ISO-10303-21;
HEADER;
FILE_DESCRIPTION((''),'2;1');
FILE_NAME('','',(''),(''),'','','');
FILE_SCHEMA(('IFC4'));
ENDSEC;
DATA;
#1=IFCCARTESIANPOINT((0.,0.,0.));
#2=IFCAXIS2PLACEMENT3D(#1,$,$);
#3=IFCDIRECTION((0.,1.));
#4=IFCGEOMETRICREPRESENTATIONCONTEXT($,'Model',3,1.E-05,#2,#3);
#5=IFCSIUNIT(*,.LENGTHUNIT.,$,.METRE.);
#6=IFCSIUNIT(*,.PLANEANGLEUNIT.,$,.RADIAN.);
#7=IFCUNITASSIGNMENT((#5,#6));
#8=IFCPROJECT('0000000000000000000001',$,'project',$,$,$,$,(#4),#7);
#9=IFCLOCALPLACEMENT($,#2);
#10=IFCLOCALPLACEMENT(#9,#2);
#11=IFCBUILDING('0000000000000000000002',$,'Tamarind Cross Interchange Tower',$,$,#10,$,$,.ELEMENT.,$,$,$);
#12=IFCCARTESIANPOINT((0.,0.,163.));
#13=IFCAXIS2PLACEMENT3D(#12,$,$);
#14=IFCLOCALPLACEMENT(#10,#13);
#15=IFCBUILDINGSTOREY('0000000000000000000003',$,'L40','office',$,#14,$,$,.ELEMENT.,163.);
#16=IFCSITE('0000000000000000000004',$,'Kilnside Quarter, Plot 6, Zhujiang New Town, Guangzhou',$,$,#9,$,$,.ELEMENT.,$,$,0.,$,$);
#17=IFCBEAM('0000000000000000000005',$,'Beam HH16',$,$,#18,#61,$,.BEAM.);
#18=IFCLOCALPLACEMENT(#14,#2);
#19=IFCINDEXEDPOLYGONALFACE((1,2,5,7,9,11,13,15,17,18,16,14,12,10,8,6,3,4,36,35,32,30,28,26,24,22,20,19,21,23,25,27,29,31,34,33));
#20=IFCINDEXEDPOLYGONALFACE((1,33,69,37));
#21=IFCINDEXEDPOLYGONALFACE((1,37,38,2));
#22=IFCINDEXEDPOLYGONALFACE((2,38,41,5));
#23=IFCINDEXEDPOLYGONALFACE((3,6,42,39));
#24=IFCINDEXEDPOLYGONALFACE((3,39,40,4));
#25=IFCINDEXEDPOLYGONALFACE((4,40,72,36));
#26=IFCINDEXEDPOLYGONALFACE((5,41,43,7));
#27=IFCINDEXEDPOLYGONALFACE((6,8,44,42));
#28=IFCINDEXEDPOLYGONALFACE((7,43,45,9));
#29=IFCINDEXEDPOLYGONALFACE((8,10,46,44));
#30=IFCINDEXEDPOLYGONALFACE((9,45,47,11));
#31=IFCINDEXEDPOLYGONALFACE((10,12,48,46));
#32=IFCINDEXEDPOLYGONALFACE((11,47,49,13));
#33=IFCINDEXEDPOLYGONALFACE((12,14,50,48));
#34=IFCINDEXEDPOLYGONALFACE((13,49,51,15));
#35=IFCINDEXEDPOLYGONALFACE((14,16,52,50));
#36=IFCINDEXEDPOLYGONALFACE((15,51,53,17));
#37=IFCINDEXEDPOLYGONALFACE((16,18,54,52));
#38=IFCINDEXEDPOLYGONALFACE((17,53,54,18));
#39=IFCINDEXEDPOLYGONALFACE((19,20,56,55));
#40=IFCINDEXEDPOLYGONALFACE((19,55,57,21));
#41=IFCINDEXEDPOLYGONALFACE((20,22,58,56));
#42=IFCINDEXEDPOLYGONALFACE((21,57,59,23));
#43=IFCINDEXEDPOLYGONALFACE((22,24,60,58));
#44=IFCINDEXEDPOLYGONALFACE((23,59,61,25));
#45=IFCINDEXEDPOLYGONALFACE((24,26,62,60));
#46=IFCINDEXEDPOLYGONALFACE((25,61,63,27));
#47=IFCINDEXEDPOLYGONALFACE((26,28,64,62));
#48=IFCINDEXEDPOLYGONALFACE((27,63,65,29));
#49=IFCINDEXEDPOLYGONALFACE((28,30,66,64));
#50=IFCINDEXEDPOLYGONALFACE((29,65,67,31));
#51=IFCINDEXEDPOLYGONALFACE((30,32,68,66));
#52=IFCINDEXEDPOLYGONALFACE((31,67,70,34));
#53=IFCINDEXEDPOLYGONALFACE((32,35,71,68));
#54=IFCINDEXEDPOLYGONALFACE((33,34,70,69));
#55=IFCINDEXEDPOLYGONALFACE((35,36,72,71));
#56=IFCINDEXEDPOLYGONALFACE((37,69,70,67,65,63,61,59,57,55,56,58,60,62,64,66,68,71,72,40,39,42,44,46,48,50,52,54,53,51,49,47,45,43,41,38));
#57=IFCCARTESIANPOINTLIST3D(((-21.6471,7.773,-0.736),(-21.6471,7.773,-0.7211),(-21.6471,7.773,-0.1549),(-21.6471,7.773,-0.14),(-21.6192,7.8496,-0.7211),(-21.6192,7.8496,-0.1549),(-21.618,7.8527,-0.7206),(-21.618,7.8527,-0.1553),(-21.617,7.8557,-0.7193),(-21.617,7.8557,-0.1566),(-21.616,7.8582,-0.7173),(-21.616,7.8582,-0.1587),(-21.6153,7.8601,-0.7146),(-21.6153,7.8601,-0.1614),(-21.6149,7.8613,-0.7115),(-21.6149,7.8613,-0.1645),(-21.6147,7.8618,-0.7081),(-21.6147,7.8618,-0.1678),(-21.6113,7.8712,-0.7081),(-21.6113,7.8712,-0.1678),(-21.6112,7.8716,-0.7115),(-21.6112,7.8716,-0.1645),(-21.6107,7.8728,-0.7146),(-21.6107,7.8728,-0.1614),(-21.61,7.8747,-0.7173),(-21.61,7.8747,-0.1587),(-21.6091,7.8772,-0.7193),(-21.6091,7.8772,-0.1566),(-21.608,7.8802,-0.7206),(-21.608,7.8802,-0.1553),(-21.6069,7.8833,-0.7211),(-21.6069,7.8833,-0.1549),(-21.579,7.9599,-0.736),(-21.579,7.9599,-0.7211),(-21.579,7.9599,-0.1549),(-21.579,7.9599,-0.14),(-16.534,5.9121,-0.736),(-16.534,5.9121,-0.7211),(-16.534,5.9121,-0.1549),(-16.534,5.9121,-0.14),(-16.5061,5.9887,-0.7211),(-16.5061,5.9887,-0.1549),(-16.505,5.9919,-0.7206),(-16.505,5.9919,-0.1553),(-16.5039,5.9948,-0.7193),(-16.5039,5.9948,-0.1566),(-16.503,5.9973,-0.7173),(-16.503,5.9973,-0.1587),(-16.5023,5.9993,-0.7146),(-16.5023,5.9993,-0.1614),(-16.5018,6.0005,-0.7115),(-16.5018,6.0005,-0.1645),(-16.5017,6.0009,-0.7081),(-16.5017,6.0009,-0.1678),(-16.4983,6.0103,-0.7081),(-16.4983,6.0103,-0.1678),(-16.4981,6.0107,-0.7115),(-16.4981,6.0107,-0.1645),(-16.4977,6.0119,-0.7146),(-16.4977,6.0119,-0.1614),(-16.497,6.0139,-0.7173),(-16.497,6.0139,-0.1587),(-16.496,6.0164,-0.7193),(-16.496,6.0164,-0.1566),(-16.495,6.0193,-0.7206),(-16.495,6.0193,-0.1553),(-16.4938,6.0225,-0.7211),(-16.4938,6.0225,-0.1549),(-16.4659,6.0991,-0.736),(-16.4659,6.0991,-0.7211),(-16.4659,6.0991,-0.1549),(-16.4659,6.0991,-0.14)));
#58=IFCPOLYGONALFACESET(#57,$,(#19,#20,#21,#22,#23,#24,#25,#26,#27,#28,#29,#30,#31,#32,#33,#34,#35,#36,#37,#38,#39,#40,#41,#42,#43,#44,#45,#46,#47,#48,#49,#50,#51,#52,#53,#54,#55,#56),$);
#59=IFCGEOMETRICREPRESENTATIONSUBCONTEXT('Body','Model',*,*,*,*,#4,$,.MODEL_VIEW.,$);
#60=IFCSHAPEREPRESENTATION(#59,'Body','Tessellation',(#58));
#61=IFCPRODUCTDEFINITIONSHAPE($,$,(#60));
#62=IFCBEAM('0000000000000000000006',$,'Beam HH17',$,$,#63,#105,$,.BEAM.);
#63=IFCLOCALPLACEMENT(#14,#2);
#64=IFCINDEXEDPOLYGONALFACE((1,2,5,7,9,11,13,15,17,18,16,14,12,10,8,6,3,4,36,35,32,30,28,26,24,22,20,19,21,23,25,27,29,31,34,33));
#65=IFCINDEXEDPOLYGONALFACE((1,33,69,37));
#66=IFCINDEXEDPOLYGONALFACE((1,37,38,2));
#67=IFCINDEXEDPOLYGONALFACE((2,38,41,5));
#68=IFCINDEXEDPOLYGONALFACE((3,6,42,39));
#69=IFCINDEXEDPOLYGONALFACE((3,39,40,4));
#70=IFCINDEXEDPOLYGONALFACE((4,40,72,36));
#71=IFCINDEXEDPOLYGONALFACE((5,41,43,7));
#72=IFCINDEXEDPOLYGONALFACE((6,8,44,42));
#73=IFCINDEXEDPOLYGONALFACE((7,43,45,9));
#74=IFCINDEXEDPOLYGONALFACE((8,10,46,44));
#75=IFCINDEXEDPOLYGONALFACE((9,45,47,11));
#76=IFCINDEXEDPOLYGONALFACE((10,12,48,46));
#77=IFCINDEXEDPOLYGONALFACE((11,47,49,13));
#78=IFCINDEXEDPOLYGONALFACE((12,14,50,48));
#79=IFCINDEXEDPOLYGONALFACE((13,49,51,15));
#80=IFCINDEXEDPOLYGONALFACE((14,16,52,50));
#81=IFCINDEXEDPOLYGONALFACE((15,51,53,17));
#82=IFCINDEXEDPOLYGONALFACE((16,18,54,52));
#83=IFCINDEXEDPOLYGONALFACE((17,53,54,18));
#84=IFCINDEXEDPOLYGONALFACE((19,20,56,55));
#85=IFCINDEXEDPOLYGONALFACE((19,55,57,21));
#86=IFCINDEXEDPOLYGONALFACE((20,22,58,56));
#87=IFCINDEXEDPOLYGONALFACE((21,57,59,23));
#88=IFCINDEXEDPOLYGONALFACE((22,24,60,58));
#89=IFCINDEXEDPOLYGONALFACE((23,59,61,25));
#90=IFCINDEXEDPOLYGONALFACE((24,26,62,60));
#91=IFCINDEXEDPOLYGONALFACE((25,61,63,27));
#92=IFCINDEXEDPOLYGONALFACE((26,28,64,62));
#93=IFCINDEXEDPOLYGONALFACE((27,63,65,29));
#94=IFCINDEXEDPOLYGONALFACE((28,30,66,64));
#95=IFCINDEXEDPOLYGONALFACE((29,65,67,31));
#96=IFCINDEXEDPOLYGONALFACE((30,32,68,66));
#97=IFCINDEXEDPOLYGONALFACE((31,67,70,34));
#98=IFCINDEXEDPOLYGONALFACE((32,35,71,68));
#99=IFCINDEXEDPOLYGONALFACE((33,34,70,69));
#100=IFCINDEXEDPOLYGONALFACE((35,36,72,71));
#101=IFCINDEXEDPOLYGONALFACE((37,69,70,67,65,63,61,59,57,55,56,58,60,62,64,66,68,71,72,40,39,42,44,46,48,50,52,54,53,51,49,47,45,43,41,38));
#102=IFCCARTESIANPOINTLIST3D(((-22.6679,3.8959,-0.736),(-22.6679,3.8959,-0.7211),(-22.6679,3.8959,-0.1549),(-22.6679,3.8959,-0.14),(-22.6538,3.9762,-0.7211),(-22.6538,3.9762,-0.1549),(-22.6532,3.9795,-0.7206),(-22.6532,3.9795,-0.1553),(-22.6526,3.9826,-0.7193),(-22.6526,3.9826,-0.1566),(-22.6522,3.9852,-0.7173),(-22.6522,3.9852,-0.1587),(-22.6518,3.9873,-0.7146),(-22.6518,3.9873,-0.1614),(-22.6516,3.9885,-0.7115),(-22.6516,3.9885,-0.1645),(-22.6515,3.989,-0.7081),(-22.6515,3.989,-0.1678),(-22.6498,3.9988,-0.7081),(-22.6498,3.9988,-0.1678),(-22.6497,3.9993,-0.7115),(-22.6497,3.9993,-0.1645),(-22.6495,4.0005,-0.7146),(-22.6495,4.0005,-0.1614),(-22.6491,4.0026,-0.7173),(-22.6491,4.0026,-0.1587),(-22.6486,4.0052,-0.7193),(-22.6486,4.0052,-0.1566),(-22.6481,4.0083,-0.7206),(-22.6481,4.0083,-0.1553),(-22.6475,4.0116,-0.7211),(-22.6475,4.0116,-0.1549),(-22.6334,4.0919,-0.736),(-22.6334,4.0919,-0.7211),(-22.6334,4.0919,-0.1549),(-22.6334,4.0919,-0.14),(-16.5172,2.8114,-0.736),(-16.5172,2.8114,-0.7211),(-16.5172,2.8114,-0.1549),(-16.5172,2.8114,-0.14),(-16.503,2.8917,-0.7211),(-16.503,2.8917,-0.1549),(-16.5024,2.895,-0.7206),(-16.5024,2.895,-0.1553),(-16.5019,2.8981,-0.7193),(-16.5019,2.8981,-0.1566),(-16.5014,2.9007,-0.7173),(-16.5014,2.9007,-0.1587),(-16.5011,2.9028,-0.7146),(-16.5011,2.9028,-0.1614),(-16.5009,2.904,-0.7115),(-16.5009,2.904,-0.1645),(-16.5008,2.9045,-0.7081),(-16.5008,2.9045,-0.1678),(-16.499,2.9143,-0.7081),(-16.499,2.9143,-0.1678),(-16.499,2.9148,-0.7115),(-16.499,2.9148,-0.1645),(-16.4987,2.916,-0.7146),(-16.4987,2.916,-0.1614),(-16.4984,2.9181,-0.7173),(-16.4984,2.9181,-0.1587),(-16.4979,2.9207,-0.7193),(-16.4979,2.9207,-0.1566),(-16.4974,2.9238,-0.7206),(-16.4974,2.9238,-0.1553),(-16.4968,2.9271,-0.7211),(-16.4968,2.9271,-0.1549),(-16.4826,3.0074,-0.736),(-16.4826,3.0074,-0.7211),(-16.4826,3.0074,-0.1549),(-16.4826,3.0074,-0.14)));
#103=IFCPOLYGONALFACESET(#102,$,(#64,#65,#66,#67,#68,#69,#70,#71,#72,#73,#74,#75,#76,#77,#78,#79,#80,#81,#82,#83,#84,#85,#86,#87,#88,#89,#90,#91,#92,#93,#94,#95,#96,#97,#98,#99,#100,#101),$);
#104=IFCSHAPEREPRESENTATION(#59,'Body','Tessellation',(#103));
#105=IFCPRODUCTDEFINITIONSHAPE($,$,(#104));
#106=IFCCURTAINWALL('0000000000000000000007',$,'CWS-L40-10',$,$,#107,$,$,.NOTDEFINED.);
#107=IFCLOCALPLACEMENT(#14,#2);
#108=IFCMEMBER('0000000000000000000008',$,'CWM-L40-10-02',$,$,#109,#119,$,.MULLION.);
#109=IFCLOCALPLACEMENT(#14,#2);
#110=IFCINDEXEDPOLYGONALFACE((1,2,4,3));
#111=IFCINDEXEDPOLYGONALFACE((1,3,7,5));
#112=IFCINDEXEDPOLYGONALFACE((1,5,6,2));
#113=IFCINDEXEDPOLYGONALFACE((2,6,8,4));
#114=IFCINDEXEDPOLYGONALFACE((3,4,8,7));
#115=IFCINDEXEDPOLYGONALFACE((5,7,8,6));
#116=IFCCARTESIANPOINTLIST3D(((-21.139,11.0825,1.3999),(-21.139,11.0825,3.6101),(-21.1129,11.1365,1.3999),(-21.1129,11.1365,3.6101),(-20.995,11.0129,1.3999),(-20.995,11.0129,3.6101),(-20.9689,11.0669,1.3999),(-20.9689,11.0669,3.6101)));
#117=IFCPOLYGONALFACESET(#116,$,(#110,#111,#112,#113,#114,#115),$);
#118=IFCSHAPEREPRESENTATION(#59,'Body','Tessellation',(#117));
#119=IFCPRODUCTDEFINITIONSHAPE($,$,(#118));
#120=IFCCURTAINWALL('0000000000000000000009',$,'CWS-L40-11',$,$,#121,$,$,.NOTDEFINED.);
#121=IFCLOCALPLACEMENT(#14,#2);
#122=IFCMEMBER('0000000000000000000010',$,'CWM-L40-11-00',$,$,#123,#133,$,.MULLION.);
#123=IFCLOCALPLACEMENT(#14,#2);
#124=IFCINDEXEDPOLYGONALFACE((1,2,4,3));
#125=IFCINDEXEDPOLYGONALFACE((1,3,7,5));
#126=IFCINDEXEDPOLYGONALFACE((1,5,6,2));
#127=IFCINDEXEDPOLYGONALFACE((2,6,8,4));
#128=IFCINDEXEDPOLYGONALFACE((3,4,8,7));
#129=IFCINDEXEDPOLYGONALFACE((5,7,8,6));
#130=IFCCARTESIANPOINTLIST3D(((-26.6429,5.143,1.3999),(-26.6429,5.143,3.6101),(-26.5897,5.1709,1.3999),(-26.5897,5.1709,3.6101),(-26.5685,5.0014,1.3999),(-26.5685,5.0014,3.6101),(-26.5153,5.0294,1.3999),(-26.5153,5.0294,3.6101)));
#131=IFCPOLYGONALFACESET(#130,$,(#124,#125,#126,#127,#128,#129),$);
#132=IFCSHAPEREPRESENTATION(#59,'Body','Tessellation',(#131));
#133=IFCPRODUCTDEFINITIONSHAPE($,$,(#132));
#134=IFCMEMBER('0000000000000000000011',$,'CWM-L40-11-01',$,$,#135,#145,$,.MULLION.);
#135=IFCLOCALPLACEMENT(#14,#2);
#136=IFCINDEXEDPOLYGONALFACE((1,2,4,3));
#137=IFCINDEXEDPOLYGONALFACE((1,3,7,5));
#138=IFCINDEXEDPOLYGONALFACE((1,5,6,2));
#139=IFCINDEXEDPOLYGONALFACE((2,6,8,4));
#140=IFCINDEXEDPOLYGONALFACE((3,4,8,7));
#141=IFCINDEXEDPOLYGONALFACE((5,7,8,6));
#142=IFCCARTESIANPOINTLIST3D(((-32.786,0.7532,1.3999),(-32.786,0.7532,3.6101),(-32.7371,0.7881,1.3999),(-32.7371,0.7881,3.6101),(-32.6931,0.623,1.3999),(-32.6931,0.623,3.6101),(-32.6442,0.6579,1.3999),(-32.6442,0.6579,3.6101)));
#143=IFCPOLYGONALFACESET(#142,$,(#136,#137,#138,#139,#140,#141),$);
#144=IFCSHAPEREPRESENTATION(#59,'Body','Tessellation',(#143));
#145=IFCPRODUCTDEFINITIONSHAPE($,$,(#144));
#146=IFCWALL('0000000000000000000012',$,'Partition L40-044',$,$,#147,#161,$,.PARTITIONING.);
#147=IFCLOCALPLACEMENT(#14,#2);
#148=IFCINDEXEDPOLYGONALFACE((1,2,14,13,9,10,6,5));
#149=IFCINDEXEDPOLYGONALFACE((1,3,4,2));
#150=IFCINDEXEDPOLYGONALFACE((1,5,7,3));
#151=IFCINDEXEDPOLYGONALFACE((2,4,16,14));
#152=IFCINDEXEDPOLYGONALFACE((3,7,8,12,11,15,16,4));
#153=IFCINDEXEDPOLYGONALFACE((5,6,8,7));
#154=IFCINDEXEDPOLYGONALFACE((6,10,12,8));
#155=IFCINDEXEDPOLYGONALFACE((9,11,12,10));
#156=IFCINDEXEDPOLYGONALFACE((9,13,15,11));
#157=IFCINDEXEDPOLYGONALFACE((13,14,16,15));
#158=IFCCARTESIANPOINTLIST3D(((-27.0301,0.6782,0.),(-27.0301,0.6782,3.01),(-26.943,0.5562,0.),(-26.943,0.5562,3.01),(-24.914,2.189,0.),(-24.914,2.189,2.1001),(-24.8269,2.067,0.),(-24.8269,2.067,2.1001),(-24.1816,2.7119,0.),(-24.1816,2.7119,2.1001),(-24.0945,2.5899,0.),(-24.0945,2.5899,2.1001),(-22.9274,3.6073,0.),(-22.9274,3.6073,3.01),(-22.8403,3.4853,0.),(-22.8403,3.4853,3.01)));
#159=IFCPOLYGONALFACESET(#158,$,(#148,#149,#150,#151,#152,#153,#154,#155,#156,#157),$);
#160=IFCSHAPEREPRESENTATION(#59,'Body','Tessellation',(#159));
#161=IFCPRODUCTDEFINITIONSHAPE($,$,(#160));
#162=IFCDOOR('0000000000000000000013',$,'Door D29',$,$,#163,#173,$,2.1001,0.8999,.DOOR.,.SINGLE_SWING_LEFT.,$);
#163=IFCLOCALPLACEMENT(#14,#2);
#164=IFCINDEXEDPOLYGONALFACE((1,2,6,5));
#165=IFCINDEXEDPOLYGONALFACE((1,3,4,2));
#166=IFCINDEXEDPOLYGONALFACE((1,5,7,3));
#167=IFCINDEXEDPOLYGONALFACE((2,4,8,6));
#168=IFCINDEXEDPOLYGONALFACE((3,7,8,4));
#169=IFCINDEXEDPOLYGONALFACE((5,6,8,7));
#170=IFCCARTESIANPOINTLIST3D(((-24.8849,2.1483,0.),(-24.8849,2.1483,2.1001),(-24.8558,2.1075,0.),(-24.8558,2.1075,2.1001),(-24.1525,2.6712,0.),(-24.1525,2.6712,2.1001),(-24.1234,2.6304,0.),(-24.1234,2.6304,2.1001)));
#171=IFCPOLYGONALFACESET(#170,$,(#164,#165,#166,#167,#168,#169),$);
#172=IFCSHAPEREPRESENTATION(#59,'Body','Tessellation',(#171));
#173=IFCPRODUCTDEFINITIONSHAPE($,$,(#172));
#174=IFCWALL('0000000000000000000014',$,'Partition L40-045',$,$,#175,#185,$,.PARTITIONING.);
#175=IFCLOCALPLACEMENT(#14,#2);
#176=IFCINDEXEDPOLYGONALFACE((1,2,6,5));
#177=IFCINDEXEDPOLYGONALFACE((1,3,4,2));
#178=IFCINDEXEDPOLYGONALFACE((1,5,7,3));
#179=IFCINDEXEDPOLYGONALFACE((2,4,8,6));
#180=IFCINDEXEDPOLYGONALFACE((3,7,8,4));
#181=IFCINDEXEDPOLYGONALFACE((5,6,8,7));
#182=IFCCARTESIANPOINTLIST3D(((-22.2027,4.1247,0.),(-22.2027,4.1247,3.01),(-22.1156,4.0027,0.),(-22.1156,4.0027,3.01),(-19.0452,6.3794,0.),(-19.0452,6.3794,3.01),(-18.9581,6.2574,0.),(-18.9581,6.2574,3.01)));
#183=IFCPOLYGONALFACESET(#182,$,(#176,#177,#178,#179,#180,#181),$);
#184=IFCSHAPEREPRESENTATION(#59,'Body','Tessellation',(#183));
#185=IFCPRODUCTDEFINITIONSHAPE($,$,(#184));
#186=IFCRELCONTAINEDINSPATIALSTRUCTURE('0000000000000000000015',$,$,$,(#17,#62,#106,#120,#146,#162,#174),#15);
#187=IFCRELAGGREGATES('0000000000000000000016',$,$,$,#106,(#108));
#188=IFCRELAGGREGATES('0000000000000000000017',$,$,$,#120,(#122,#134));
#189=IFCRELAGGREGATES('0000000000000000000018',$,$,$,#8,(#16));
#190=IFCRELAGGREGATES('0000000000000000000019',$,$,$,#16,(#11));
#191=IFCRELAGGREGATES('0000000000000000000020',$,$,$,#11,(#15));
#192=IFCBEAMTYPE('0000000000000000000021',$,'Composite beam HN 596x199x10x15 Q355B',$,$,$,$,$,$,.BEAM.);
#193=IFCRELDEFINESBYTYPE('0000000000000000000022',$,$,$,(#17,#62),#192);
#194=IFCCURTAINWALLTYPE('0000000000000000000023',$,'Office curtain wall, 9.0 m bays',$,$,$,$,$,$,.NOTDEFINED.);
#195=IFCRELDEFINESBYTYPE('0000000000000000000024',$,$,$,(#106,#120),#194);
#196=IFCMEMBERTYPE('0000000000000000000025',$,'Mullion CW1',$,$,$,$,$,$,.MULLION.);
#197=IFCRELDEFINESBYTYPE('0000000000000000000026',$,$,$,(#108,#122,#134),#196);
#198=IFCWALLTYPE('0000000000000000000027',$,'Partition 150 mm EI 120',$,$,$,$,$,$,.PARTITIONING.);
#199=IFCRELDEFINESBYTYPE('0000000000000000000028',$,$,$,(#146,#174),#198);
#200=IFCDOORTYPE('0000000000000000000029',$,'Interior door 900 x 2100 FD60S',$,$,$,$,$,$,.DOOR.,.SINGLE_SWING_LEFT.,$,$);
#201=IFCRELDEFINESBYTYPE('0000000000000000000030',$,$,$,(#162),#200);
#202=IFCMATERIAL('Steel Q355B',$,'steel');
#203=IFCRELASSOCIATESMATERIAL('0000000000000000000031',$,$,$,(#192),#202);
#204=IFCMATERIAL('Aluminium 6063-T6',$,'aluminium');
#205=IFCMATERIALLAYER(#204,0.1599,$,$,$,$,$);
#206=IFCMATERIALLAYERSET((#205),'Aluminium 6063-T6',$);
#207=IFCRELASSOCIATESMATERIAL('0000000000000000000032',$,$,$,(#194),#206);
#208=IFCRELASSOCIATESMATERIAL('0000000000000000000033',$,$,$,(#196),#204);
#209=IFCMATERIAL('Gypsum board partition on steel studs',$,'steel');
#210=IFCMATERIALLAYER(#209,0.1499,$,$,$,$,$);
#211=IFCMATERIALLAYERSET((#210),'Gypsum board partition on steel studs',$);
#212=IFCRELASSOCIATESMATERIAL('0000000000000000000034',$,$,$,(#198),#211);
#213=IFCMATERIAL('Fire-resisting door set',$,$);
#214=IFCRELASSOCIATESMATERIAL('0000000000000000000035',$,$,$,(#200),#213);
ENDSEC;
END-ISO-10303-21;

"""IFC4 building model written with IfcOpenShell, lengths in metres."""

from ifc_helpers import new_model, si_unit, direction, frame, frame_2d, origin, origin_2d, place, context, subcontext, project, spatial, rectangle, i_section, extrude, material, layer, layer_set, material_profile, profile_set, type_object, element, fill, aggregate, save


model = new_model("IFC4")

# Units and contexts
model_context = context("Model", 3, precision=1e-05, world=origin(), true_north=direction((0.0, 1.0)))
body_context = subcontext(model_context, "Body", "Model", "MODEL_VIEW")
ifc_project = project(units=[si_unit("LENGTHUNIT", "METRE"), si_unit("PLANEANGLEUNIT", "RADIAN")], contexts=[model_context])

# Site, building, storey
site_placement = place(None, origin())
site = spatial("IfcSite", under=ifc_project, at=site_placement, Name="Kilnside Quarter, Plot 6, Zhujiang New Town, Guangzhou", CompositionType="ELEMENT", RefElevation=0.0)
building_placement = place(site_placement, origin())
building = spatial("IfcBuilding", under=site, at=building_placement, Name="Tamarind Cross Interchange Tower", CompositionType="ELEMENT")
storey_placement = place(building_placement, frame((0.0, 0.0, 163.0)))
storey = spatial("IfcBuildingStorey", under=building, at=storey_placement, Name="L40", Description="office", CompositionType="ELEMENT", Elevation=163.0)

# Beams
ifc_material_1 = material(Name="Steel Q355B", Category="steel")
ifc_material_profile_1 = material_profile(ifc_material_1, i_section(OverallWidth=0.199, OverallDepth=0.5959, WebThickness=0.01, FlangeThickness=0.0149, FilletRadius=0.0129, at=origin_2d()), Name="HN 596x199x10x15")
ifc_profile_set_1 = profile_set([ifc_material_profile_1], Name="Steel Q355B")
beam_type = type_object("IfcBeamType", Name="Composite beam HN 596x199x10x15 Q355B", PredefinedType="BEAM", material=ifc_profile_set_1)
beam_1_placement = place(storey_placement, frame((-21.613, 7.8665, -0.438), z_axis=(0.939702, -0.341995, 0.0), x_axis=(0.341995, 0.939702, 0.0)))
element("IfcBeam", 1, at=beam_1_placement, inside=storey, type_object=beam_type, Name="Beam HH16", PredefinedType="BEAM", context=body_context, shape_type="SweptSolid", body=[
    extrude(i_section(OverallWidth=0.199, OverallDepth=0.5959, WebThickness=0.01, FlangeThickness=0.0149, FilletRadius=0.0129, at=origin_2d()), origin(), (0.0, 0.0, 1.0), 5.4412),
])
beam_2_placement = place(storey_placement, frame((-22.6506, 3.9939, -0.438), z_axis=(0.984809, -0.17364, 0.0), x_axis=(0.17364, 0.984809, 0.0)))
element("IfcBeam", 2, at=beam_2_placement, inside=storey, type_object=beam_type, Name="Beam HH17", PredefinedType="BEAM", context=body_context, shape_type="SweptSolid", body=[
    extrude(i_section(OverallWidth=0.199, OverallDepth=0.5959, WebThickness=0.01, FlangeThickness=0.0149, FilletRadius=0.0129, at=origin_2d()), origin(), (0.0, 0.0, 1.0), 6.2456),
])

# Curtain wall, member
ifc_material_2 = material(Name="Aluminium 6063-T6", Category="aluminium")
ifc_layer_1 = layer(ifc_material_2, 0.1599)
ifc_layer_set_1 = layer_set([ifc_layer_1], Name="Aluminium 6063-T6")
curtain_wall_type = type_object("IfcCurtainWallType", Name="Office curtain wall, 9.0 m bays", PredefinedType="NOTDEFINED", material=ifc_layer_set_1)
curtain_wall_1_placement = place(storey_placement, origin())
curtain_wall_1 = element("IfcCurtainWall", 3, at=curtain_wall_1_placement, inside=storey, type_object=curtain_wall_type, Name="CWS-L40-10", PredefinedType="NOTDEFINED")
ifc_material_profile_2 = material_profile(ifc_material_2, rectangle(XDim=0.0601, YDim=0.1599, at=origin_2d()), Name="Mullion CW1")
ifc_profile_set_2 = profile_set([ifc_material_profile_2], Name="Aluminium 6063-T6")
member_type = type_object("IfcMemberType", Name="Mullion CW1", PredefinedType="MULLION", material=ifc_profile_set_2)
member_1_placement = place(storey_placement, frame((-21.054, 11.0747, 1.3999), z_axis=(0.0, 0.0, 1.0), x_axis=(-0.435326, -0.900273, 0.0)))
member_1 = element("IfcMember", 4, at=member_1_placement, type_object=member_type, Name="CWM-L40-10-02", PredefinedType="MULLION", context=body_context, shape_type="SweptSolid", body=[
    extrude(rectangle(XDim=0.0601, YDim=0.1599, at=origin_2d()), origin(), (0.0, 0.0, 1.0), 2.2102),
])
aggregate(curtain_wall_1, [member_1])

# Curtain wall, members
curtain_wall_2_placement = place(storey_placement, origin())
curtain_wall_2 = element("IfcCurtainWall", 5, at=curtain_wall_2_placement, inside=storey, type_object=curtain_wall_type, Name="CWS-L40-11", PredefinedType="NOTDEFINED")
member_2_placement = place(storey_placement, frame((-26.5791, 5.0862, 1.3999), z_axis=(0.0, 0.0, 1.0), x_axis=(-0.885172, -0.465264, 0.0)))
member_2 = element("IfcMember", 6, at=member_2_placement, type_object=member_type, Name="CWM-L40-11-00", PredefinedType="MULLION", context=body_context, shape_type="SweptSolid", body=[
    extrude(rectangle(XDim=0.0601, YDim=0.1599, at=origin_2d()), origin(), (0.0, 0.0, 1.0), 2.2102),
])
member_3_placement = place(storey_placement, frame((-32.7151, 0.7056, 1.3999), z_axis=(0.0, 0.0, 1.0), x_axis=(-0.81388, -0.581033, 0.0)))
member_3 = element("IfcMember", 7, at=member_3_placement, type_object=member_type, Name="CWM-L40-11-01", PredefinedType="MULLION", context=body_context, shape_type="SweptSolid", body=[
    extrude(rectangle(XDim=0.0601, YDim=0.1599, at=origin_2d()), origin(), (0.0, 0.0, 1.0), 2.2102),
])
aggregate(curtain_wall_2, [member_2, member_3])

# Wall, opening, door
ifc_material_3 = material(Name="Gypsum board partition on steel studs", Category="steel")
ifc_layer_2 = layer(ifc_material_3, 0.1499)
ifc_layer_set_2 = layer_set([ifc_layer_2], Name="Gypsum board partition on steel studs")
wall_type_1 = type_object("IfcWallType", Name="Partition 150 mm EI 120", PredefinedType="PARTITIONING", material=ifc_layer_set_2)
wall_1_placement = place(storey_placement, frame((-26.9866, 0.6172, 0.0), z_axis=(0.0, 0.0, 1.0), x_axis=(0.813861, 0.58106, 0.0)))
wall_1 = element("IfcWall", 8, at=wall_1_placement, inside=storey, type_object=wall_type_1, Name="Partition L40-044", PredefinedType="PARTITIONING", context=body_context, shape_type="SweptSolid", body=[
    extrude(rectangle(XDim=5.041, YDim=0.1499, at=frame_2d((2.5205, 0.0))), origin(), (0.0, 0.0, 1.0), 3.01),
])
opening_1_placement = place(wall_1_placement, frame((2.6001, 0.0, 0.0)))
opening_1 = element("IfcOpeningElement", 9, at=opening_1_placement, cuts=wall_1, PredefinedType="OPENING", context=body_context, shape_type="SweptSolid", body=[
    extrude(rectangle(XDim=0.8999, YDim=2.1001, at=frame_2d((0.45, 1.05))), frame((0.0, 0.085, 0.0), z_axis=(0.0, -1.0, 0.0), x_axis=(1.0, 0.0, 0.0)), (0.0, 0.0, 1.0), 0.1699),
])
ifc_material_4 = material(Name="Fire-resisting door set")
door_type_1 = type_object("IfcDoorType", Name="Interior door 900 x 2100 FD60S", OperationType="SINGLE_SWING_LEFT", PredefinedType="DOOR", material=ifc_material_4)
door_1_placement = place(opening_1_placement, origin())
door_1 = element("IfcDoor", 10, at=door_1_placement, inside=storey, type_object=door_type_1, Name="Door D29", OperationType="SINGLE_SWING_LEFT", OverallHeight=2.1001, OverallWidth=0.8999, PredefinedType="DOOR", context=body_context, shape_type="SweptSolid", body=[
    extrude(rectangle(XDim=0.8999, YDim=2.1001, at=frame_2d((0.45, 1.05))), frame((0.0, 0.0249, 0.0), z_axis=(0.0, -1.0, 0.0), x_axis=(1.0, 0.0, 0.0)), (0.0, 0.0, 1.0), 0.05),
])
fill(opening_1, door_1)

# Wall
wall_2_placement = place(storey_placement, frame((-22.1592, 4.0637, 0.0), z_axis=(0.0, 0.0, 1.0), x_axis=(0.813818, 0.581119, 0.0)))
element("IfcWall", 11, at=wall_2_placement, inside=storey, type_object=wall_type_1, Name="Partition L40-045", PredefinedType="PARTITIONING", context=body_context, shape_type="SweptSolid", body=[
    extrude(rectangle(XDim=3.8799, YDim=0.1499, at=frame_2d((1.9399, 0.0))), origin(), (0.0, 0.0, 1.0), 3.01),
])

save(model, "model.ifc")
